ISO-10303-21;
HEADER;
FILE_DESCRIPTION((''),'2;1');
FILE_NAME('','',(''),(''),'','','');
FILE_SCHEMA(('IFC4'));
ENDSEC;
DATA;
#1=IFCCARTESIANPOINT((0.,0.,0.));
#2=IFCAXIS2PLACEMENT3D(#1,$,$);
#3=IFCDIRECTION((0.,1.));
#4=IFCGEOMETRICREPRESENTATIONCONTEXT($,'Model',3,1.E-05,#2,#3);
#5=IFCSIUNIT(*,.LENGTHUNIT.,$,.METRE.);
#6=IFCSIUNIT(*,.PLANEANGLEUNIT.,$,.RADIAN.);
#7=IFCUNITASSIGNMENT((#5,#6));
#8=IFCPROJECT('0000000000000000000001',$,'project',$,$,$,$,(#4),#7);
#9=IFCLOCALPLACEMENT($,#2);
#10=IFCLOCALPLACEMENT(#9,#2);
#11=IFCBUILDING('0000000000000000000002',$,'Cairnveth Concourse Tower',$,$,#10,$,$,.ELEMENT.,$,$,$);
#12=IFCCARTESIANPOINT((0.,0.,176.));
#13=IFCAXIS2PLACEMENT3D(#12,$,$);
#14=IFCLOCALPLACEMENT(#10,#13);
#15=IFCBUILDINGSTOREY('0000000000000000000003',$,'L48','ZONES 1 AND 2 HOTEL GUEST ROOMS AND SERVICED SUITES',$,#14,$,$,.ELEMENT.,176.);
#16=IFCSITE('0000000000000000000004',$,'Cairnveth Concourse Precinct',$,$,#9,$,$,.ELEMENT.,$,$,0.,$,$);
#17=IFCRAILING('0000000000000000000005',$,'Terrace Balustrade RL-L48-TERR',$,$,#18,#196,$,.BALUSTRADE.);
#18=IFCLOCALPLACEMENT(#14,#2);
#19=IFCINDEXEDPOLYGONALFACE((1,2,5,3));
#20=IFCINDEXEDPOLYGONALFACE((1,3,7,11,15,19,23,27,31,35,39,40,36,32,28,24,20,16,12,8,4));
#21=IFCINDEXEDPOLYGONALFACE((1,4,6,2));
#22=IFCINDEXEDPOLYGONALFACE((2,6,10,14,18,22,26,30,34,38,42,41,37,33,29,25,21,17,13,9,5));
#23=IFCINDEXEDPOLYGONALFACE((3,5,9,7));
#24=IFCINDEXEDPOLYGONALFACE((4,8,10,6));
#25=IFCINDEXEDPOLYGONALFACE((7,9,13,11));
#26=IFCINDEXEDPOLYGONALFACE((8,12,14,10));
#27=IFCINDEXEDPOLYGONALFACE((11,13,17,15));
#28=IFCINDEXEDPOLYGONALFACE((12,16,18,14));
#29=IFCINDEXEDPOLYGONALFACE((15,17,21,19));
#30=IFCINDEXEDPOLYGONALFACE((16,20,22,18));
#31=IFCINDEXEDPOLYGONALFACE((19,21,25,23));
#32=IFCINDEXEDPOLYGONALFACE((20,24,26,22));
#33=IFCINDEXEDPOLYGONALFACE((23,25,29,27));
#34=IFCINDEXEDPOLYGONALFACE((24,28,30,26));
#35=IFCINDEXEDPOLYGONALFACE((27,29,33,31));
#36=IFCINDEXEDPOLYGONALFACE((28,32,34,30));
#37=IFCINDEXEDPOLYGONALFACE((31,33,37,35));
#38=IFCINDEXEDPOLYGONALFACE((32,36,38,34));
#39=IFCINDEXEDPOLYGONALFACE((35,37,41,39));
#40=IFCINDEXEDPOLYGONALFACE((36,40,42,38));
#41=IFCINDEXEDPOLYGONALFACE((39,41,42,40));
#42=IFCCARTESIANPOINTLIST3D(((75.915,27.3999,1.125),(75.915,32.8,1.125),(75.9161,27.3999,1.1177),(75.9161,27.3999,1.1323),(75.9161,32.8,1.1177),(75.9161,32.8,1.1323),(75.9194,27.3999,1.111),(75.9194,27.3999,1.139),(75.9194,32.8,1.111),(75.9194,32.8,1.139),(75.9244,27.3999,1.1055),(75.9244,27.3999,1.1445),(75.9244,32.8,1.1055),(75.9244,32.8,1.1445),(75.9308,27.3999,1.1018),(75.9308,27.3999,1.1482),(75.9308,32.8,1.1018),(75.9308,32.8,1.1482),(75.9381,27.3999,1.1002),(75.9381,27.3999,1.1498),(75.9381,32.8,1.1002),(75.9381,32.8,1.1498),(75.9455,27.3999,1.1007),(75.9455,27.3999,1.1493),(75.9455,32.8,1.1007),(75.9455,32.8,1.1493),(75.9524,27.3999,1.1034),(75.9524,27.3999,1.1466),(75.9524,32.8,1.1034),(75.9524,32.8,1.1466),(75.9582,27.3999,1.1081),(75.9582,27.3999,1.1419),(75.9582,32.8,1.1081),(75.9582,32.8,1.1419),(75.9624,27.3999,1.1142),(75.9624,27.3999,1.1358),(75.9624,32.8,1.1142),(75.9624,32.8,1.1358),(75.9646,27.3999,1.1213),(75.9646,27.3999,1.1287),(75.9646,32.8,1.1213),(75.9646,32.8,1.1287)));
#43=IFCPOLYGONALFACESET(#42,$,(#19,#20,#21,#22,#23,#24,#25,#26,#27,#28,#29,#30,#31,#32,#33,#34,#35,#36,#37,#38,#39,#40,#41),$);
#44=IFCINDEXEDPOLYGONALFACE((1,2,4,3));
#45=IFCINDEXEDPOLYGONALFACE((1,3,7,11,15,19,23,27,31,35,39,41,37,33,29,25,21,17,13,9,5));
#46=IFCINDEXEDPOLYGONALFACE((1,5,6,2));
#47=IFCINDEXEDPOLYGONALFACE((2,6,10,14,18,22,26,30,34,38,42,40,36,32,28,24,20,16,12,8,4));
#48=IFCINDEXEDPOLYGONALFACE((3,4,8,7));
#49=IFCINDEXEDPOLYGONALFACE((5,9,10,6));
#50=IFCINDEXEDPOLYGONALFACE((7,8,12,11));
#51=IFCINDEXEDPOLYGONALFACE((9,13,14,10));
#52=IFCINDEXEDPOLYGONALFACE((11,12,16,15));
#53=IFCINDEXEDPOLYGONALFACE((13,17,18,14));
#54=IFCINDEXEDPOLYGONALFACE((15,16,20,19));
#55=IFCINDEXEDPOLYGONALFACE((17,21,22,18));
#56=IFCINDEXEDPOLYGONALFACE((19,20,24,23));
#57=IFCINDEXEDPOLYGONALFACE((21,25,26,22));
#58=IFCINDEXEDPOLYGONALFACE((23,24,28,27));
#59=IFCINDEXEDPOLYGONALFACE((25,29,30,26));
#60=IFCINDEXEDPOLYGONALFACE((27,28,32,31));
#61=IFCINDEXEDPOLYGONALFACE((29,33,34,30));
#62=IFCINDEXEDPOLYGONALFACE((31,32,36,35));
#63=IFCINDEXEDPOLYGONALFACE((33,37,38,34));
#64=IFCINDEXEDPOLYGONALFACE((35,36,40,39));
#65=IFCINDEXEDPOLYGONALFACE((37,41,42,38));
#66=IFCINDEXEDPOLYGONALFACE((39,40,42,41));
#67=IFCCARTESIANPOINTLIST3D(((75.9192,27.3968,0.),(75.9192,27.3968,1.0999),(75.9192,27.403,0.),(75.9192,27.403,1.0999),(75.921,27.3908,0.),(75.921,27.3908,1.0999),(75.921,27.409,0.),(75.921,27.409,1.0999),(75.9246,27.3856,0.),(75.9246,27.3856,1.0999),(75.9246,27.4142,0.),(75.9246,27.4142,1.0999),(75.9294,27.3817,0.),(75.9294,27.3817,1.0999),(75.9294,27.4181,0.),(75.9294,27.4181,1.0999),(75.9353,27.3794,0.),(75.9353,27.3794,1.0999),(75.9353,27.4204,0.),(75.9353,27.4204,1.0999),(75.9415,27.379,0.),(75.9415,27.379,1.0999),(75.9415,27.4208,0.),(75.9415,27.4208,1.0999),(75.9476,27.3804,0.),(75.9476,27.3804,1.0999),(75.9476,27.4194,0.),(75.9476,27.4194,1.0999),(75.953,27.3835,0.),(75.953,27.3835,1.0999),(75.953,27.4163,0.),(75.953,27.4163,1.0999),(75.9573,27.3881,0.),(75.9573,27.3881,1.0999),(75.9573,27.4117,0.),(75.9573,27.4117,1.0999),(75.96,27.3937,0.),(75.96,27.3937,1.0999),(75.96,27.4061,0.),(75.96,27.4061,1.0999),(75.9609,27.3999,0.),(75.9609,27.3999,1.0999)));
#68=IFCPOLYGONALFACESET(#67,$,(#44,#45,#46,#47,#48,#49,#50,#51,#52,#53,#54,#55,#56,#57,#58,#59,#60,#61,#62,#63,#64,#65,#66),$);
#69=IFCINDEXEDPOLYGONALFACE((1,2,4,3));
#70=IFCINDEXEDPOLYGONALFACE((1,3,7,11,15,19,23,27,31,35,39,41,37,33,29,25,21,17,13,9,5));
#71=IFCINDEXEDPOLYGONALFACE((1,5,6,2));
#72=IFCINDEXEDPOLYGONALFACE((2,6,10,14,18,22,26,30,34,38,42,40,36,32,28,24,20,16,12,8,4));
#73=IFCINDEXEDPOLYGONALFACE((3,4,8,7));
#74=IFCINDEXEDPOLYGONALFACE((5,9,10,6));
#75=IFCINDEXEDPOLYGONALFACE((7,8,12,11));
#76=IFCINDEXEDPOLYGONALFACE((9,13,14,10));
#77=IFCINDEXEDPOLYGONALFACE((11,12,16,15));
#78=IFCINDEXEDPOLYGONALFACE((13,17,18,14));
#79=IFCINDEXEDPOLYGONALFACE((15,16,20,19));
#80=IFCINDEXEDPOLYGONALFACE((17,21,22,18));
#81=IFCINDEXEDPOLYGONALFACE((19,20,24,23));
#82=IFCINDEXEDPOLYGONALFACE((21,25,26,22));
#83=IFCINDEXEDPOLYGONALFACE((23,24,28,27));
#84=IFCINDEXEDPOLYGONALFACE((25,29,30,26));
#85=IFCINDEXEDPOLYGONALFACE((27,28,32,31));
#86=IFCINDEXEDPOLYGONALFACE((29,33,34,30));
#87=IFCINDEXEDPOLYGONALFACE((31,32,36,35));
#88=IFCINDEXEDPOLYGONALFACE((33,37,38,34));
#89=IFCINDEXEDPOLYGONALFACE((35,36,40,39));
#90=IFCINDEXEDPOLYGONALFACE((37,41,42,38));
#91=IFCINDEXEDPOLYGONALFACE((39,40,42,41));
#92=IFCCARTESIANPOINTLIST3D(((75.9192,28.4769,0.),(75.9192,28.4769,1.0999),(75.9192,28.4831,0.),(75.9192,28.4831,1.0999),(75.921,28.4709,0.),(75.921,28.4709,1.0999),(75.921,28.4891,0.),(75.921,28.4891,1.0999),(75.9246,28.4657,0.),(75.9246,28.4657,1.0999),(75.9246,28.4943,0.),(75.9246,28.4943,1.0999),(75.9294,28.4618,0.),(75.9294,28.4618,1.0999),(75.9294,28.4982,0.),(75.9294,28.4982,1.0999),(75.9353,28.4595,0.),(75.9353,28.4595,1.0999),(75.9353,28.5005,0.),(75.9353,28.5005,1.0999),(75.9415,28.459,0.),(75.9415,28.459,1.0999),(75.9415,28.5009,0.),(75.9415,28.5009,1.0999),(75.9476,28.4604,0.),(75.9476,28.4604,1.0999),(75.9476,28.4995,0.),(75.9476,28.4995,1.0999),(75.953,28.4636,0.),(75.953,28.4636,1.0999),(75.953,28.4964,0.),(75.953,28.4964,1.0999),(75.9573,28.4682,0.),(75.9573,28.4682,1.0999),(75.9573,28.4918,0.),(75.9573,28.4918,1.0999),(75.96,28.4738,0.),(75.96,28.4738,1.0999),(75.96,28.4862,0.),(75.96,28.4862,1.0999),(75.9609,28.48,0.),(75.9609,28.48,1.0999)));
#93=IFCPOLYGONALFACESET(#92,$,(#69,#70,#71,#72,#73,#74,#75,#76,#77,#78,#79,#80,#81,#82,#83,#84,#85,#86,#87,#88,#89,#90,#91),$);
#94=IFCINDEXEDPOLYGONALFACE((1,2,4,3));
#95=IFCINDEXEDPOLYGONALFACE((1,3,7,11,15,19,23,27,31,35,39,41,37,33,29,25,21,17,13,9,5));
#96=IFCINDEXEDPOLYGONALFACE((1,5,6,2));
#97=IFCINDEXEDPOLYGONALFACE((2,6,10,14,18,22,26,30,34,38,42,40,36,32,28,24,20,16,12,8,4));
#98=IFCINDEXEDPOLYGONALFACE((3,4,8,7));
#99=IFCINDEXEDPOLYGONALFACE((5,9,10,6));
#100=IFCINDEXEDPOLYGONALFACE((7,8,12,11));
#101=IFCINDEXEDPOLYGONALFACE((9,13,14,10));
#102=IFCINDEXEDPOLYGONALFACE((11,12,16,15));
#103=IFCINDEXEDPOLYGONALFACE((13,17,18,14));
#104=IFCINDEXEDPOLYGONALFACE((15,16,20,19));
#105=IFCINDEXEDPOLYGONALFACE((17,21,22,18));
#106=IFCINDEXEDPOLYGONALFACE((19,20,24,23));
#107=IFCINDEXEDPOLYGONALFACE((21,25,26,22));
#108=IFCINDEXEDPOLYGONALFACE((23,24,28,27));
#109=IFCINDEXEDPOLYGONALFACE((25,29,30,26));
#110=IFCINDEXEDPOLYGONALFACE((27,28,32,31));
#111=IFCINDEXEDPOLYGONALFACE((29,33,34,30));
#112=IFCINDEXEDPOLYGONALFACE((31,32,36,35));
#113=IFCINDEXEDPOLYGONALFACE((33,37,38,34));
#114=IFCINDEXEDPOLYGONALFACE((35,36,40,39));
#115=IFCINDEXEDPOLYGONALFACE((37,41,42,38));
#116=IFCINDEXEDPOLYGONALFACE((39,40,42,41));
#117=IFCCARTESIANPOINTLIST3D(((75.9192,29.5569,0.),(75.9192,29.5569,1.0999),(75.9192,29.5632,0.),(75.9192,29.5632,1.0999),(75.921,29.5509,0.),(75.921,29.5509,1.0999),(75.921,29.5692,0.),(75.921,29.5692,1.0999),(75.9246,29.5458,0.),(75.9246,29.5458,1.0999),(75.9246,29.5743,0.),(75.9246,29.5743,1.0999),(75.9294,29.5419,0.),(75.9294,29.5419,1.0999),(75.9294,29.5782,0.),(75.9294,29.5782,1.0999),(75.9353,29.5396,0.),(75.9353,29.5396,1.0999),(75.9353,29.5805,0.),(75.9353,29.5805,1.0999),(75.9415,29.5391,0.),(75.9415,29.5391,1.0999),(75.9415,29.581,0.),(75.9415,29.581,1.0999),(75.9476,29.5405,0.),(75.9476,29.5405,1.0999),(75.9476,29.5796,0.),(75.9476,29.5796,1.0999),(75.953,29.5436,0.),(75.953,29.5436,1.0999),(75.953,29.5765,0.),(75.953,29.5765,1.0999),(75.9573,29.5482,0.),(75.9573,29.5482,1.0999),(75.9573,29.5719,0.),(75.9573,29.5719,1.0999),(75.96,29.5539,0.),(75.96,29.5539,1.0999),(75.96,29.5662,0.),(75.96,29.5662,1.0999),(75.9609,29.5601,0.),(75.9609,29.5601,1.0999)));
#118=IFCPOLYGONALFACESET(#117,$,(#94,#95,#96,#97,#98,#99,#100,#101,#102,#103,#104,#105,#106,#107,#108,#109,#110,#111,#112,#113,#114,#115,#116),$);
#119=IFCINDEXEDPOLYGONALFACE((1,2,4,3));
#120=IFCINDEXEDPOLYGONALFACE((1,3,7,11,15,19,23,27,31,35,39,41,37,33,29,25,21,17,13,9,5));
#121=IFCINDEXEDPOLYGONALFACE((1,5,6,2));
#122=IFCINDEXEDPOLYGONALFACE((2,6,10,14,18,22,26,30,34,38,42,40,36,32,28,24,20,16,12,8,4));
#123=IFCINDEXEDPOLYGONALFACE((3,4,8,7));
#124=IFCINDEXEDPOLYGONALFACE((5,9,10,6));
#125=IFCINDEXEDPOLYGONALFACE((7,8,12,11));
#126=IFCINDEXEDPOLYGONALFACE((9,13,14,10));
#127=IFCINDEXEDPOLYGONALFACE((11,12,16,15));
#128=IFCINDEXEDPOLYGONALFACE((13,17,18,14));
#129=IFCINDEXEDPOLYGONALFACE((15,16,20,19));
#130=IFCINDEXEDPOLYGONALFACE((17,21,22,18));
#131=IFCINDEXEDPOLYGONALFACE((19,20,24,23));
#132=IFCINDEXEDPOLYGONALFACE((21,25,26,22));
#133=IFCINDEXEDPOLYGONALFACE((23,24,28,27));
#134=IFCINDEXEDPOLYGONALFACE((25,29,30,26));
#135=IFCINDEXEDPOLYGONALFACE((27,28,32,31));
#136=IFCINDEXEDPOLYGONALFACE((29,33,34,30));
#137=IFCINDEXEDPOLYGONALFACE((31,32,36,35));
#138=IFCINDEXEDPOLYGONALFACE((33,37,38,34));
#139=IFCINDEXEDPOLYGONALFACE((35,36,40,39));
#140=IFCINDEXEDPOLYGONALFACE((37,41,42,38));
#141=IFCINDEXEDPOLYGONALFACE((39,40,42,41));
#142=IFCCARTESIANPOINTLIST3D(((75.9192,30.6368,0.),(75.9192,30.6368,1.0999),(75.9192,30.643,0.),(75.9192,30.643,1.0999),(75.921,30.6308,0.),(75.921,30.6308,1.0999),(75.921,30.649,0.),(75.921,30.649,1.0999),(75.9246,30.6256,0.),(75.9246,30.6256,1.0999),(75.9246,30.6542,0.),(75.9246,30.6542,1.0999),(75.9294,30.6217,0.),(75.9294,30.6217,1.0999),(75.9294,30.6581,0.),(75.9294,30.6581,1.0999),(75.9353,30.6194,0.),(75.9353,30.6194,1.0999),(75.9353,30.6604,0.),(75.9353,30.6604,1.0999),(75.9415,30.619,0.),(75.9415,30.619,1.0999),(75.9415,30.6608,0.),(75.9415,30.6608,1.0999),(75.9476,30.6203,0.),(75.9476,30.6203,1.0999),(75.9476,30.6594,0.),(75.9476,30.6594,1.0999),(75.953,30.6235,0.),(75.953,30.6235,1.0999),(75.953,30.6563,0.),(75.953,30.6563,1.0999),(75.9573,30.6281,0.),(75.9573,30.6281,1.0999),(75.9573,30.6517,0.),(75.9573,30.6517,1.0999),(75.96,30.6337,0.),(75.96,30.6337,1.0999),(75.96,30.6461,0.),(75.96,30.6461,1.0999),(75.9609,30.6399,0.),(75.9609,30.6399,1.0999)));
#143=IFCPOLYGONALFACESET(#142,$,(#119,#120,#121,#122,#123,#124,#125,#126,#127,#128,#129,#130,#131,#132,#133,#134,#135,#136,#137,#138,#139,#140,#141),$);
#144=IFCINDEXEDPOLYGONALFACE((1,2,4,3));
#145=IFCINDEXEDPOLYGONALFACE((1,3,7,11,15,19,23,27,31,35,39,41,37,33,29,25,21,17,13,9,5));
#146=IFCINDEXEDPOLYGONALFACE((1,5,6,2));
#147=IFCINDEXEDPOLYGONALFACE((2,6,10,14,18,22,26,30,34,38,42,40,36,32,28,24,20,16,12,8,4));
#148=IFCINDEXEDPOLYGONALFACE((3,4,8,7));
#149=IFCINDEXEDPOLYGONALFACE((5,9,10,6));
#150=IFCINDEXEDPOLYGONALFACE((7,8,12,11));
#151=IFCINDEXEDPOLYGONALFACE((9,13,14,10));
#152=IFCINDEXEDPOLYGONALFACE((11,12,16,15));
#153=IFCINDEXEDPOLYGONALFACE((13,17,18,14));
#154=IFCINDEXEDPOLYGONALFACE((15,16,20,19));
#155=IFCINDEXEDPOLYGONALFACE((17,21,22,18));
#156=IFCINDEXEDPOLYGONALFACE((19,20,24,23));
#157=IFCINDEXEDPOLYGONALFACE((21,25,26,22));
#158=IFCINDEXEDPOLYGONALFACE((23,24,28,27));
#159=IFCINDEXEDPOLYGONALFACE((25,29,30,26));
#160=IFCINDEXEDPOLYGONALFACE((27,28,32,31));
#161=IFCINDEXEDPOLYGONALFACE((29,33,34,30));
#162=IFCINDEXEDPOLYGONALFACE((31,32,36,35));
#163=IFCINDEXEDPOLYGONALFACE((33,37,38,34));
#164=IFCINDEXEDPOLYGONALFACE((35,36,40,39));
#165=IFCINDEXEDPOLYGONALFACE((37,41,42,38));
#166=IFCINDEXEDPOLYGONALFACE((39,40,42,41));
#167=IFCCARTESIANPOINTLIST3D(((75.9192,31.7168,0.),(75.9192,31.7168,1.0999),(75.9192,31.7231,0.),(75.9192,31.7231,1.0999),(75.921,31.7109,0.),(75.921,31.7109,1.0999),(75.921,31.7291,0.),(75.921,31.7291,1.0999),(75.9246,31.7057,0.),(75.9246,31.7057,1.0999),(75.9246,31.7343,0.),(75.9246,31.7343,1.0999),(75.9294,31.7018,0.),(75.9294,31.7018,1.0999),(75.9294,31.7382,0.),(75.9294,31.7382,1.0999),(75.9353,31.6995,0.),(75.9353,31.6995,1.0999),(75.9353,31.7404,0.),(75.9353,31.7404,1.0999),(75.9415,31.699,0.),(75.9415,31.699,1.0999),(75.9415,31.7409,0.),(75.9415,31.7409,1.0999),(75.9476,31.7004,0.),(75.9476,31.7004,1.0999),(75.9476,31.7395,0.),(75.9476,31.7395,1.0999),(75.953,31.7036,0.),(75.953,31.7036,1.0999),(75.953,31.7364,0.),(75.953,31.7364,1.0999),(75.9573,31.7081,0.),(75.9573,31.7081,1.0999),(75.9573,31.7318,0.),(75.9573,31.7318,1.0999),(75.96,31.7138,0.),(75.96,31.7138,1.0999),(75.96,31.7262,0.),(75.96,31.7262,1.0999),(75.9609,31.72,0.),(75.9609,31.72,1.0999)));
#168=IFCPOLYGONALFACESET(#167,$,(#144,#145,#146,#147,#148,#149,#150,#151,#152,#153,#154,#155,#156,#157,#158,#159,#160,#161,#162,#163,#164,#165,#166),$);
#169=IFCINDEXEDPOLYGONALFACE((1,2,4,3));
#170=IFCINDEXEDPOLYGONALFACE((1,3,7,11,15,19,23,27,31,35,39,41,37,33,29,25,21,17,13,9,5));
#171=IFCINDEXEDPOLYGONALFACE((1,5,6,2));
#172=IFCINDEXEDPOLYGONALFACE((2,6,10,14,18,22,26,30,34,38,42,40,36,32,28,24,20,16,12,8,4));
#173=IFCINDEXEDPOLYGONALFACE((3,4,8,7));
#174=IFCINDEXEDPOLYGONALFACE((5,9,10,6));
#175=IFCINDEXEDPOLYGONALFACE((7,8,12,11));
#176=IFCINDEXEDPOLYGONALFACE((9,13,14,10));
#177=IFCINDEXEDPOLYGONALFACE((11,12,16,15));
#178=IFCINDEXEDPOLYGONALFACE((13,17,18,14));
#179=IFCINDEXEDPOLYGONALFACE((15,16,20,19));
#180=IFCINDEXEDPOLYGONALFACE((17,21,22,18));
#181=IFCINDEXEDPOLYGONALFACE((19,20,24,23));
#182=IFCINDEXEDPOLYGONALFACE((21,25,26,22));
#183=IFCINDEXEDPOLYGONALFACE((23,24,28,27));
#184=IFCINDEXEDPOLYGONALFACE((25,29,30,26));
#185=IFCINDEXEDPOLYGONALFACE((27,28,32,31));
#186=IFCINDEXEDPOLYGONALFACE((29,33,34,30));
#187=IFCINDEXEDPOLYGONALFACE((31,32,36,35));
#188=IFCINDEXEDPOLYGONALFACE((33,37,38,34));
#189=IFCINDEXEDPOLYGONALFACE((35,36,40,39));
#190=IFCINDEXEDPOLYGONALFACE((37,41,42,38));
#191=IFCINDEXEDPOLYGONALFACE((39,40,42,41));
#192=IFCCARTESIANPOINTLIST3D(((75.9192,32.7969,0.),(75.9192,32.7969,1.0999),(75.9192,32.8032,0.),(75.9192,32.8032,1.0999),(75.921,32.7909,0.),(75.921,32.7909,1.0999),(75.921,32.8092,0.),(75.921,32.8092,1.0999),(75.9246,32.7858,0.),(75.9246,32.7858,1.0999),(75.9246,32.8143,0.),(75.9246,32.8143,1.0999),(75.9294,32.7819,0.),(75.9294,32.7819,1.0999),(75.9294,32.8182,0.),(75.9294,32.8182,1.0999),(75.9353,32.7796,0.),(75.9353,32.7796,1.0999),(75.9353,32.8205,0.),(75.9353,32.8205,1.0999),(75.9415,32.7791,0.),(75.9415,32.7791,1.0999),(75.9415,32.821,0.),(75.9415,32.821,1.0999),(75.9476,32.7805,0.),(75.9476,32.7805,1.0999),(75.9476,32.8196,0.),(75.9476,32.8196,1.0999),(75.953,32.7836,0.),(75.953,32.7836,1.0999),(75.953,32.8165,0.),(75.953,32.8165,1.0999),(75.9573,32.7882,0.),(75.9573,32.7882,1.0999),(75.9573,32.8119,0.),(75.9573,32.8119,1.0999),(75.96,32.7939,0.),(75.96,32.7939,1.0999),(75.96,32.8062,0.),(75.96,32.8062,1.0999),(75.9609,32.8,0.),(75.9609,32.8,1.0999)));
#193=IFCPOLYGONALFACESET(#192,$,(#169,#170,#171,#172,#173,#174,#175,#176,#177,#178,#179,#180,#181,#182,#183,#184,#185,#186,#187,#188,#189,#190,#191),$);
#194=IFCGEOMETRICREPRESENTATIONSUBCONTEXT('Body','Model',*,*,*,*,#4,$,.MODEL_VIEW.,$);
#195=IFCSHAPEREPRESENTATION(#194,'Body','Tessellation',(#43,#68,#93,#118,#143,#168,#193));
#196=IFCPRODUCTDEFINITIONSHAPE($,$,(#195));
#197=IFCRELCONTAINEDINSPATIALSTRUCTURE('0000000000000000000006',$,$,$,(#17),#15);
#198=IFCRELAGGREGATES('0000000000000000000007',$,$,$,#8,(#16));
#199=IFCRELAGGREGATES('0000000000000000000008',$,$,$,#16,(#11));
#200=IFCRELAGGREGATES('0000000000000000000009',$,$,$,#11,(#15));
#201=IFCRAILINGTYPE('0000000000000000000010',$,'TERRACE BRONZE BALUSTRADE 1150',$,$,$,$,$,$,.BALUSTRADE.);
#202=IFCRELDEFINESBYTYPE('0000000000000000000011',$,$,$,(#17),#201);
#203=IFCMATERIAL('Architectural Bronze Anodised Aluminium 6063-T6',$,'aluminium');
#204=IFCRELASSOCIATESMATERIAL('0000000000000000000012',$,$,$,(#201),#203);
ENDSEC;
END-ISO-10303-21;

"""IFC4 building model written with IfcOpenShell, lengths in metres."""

from ifc_helpers import new_model, si_unit, direction, frame, origin, origin_2d, place, context, subcontext, project, spatial, circle, extrude, material, type_object, element, save


model = new_model("IFC4")

# Units and contexts
model_context = context("Model", 3, precision=1e-05, world=origin(), true_north=direction((0.0, 1.0)))
body_context = subcontext(model_context, "Body", "Model", "MODEL_VIEW")
ifc_project = project(units=[si_unit("LENGTHUNIT", "METRE"), si_unit("PLANEANGLEUNIT", "RADIAN")], contexts=[model_context])

# Site, building, storey
site_placement = place(None, origin())
site = spatial("IfcSite", under=ifc_project, at=site_placement, Name="Cairnveth Concourse Precinct", CompositionType="ELEMENT", RefElevation=0.0)
building_placement = place(site_placement, origin())
building = spatial("IfcBuilding", under=site, at=building_placement, Name="Cairnveth Concourse Tower", CompositionType="ELEMENT")
storey_placement = place(building_placement, frame((0.0, 0.0, 176.0)))
storey = spatial("IfcBuildingStorey", under=building, at=storey_placement, Name="L48", Description="ZONES 1 AND 2 HOTEL GUEST ROOMS AND SERVICED SUITES", CompositionType="ELEMENT", Elevation=176.0)

# Shared definitions
ifc_material_1 = material(Name="Architectural Bronze Anodised Aluminium 6063-T6", Category="aluminium")

# Railing
railing_type = type_object("IfcRailingType", Name="TERRACE BRONZE BALUSTRADE 1150", PredefinedType="BALUSTRADE", material=ifc_material_1)
railing_placement = place(storey_placement, frame((75.9399, 27.3999, 0.0)))
element("IfcRailing", 1, at=railing_placement, inside=storey, type_object=railing_type, Name="Terrace Balustrade RL-L48-TERR", PredefinedType="BALUSTRADE", context=body_context, shape_type="SweptSolid", body=[
    extrude(circle(Radius=0.0249, at=origin_2d()), frame((0.0, 0.0, 1.125), z_axis=(0.0, 1.0, 0.0), x_axis=(-1.0, 0.0, 0.0)), (0.0, 0.0, 1.0), 5.4001),
    extrude(circle(Radius=0.021, at=origin_2d()), origin(), (0.0, 0.0, 1.0), 1.0999),
    extrude(circle(Radius=0.021, at=origin_2d()), frame((0.0, 1.0801, 0.0)), (0.0, 0.0, 1.0), 1.0999),
    extrude(circle(Radius=0.021, at=origin_2d()), frame((0.0, 2.1602, 0.0)), (0.0, 0.0, 1.0), 1.0999),
    extrude(circle(Radius=0.021, at=origin_2d()), frame((0.0, 3.24, 0.0)), (0.0, 0.0, 1.0), 1.0999),
    extrude(circle(Radius=0.021, at=origin_2d()), frame((0.0, 4.3201, 0.0)), (0.0, 0.0, 1.0), 1.0999),
    extrude(circle(Radius=0.021, at=origin_2d()), frame((0.0, 5.4001, 0.0)), (0.0, 0.0, 1.0), 1.0999),
])

save(model, "model.ifc")
